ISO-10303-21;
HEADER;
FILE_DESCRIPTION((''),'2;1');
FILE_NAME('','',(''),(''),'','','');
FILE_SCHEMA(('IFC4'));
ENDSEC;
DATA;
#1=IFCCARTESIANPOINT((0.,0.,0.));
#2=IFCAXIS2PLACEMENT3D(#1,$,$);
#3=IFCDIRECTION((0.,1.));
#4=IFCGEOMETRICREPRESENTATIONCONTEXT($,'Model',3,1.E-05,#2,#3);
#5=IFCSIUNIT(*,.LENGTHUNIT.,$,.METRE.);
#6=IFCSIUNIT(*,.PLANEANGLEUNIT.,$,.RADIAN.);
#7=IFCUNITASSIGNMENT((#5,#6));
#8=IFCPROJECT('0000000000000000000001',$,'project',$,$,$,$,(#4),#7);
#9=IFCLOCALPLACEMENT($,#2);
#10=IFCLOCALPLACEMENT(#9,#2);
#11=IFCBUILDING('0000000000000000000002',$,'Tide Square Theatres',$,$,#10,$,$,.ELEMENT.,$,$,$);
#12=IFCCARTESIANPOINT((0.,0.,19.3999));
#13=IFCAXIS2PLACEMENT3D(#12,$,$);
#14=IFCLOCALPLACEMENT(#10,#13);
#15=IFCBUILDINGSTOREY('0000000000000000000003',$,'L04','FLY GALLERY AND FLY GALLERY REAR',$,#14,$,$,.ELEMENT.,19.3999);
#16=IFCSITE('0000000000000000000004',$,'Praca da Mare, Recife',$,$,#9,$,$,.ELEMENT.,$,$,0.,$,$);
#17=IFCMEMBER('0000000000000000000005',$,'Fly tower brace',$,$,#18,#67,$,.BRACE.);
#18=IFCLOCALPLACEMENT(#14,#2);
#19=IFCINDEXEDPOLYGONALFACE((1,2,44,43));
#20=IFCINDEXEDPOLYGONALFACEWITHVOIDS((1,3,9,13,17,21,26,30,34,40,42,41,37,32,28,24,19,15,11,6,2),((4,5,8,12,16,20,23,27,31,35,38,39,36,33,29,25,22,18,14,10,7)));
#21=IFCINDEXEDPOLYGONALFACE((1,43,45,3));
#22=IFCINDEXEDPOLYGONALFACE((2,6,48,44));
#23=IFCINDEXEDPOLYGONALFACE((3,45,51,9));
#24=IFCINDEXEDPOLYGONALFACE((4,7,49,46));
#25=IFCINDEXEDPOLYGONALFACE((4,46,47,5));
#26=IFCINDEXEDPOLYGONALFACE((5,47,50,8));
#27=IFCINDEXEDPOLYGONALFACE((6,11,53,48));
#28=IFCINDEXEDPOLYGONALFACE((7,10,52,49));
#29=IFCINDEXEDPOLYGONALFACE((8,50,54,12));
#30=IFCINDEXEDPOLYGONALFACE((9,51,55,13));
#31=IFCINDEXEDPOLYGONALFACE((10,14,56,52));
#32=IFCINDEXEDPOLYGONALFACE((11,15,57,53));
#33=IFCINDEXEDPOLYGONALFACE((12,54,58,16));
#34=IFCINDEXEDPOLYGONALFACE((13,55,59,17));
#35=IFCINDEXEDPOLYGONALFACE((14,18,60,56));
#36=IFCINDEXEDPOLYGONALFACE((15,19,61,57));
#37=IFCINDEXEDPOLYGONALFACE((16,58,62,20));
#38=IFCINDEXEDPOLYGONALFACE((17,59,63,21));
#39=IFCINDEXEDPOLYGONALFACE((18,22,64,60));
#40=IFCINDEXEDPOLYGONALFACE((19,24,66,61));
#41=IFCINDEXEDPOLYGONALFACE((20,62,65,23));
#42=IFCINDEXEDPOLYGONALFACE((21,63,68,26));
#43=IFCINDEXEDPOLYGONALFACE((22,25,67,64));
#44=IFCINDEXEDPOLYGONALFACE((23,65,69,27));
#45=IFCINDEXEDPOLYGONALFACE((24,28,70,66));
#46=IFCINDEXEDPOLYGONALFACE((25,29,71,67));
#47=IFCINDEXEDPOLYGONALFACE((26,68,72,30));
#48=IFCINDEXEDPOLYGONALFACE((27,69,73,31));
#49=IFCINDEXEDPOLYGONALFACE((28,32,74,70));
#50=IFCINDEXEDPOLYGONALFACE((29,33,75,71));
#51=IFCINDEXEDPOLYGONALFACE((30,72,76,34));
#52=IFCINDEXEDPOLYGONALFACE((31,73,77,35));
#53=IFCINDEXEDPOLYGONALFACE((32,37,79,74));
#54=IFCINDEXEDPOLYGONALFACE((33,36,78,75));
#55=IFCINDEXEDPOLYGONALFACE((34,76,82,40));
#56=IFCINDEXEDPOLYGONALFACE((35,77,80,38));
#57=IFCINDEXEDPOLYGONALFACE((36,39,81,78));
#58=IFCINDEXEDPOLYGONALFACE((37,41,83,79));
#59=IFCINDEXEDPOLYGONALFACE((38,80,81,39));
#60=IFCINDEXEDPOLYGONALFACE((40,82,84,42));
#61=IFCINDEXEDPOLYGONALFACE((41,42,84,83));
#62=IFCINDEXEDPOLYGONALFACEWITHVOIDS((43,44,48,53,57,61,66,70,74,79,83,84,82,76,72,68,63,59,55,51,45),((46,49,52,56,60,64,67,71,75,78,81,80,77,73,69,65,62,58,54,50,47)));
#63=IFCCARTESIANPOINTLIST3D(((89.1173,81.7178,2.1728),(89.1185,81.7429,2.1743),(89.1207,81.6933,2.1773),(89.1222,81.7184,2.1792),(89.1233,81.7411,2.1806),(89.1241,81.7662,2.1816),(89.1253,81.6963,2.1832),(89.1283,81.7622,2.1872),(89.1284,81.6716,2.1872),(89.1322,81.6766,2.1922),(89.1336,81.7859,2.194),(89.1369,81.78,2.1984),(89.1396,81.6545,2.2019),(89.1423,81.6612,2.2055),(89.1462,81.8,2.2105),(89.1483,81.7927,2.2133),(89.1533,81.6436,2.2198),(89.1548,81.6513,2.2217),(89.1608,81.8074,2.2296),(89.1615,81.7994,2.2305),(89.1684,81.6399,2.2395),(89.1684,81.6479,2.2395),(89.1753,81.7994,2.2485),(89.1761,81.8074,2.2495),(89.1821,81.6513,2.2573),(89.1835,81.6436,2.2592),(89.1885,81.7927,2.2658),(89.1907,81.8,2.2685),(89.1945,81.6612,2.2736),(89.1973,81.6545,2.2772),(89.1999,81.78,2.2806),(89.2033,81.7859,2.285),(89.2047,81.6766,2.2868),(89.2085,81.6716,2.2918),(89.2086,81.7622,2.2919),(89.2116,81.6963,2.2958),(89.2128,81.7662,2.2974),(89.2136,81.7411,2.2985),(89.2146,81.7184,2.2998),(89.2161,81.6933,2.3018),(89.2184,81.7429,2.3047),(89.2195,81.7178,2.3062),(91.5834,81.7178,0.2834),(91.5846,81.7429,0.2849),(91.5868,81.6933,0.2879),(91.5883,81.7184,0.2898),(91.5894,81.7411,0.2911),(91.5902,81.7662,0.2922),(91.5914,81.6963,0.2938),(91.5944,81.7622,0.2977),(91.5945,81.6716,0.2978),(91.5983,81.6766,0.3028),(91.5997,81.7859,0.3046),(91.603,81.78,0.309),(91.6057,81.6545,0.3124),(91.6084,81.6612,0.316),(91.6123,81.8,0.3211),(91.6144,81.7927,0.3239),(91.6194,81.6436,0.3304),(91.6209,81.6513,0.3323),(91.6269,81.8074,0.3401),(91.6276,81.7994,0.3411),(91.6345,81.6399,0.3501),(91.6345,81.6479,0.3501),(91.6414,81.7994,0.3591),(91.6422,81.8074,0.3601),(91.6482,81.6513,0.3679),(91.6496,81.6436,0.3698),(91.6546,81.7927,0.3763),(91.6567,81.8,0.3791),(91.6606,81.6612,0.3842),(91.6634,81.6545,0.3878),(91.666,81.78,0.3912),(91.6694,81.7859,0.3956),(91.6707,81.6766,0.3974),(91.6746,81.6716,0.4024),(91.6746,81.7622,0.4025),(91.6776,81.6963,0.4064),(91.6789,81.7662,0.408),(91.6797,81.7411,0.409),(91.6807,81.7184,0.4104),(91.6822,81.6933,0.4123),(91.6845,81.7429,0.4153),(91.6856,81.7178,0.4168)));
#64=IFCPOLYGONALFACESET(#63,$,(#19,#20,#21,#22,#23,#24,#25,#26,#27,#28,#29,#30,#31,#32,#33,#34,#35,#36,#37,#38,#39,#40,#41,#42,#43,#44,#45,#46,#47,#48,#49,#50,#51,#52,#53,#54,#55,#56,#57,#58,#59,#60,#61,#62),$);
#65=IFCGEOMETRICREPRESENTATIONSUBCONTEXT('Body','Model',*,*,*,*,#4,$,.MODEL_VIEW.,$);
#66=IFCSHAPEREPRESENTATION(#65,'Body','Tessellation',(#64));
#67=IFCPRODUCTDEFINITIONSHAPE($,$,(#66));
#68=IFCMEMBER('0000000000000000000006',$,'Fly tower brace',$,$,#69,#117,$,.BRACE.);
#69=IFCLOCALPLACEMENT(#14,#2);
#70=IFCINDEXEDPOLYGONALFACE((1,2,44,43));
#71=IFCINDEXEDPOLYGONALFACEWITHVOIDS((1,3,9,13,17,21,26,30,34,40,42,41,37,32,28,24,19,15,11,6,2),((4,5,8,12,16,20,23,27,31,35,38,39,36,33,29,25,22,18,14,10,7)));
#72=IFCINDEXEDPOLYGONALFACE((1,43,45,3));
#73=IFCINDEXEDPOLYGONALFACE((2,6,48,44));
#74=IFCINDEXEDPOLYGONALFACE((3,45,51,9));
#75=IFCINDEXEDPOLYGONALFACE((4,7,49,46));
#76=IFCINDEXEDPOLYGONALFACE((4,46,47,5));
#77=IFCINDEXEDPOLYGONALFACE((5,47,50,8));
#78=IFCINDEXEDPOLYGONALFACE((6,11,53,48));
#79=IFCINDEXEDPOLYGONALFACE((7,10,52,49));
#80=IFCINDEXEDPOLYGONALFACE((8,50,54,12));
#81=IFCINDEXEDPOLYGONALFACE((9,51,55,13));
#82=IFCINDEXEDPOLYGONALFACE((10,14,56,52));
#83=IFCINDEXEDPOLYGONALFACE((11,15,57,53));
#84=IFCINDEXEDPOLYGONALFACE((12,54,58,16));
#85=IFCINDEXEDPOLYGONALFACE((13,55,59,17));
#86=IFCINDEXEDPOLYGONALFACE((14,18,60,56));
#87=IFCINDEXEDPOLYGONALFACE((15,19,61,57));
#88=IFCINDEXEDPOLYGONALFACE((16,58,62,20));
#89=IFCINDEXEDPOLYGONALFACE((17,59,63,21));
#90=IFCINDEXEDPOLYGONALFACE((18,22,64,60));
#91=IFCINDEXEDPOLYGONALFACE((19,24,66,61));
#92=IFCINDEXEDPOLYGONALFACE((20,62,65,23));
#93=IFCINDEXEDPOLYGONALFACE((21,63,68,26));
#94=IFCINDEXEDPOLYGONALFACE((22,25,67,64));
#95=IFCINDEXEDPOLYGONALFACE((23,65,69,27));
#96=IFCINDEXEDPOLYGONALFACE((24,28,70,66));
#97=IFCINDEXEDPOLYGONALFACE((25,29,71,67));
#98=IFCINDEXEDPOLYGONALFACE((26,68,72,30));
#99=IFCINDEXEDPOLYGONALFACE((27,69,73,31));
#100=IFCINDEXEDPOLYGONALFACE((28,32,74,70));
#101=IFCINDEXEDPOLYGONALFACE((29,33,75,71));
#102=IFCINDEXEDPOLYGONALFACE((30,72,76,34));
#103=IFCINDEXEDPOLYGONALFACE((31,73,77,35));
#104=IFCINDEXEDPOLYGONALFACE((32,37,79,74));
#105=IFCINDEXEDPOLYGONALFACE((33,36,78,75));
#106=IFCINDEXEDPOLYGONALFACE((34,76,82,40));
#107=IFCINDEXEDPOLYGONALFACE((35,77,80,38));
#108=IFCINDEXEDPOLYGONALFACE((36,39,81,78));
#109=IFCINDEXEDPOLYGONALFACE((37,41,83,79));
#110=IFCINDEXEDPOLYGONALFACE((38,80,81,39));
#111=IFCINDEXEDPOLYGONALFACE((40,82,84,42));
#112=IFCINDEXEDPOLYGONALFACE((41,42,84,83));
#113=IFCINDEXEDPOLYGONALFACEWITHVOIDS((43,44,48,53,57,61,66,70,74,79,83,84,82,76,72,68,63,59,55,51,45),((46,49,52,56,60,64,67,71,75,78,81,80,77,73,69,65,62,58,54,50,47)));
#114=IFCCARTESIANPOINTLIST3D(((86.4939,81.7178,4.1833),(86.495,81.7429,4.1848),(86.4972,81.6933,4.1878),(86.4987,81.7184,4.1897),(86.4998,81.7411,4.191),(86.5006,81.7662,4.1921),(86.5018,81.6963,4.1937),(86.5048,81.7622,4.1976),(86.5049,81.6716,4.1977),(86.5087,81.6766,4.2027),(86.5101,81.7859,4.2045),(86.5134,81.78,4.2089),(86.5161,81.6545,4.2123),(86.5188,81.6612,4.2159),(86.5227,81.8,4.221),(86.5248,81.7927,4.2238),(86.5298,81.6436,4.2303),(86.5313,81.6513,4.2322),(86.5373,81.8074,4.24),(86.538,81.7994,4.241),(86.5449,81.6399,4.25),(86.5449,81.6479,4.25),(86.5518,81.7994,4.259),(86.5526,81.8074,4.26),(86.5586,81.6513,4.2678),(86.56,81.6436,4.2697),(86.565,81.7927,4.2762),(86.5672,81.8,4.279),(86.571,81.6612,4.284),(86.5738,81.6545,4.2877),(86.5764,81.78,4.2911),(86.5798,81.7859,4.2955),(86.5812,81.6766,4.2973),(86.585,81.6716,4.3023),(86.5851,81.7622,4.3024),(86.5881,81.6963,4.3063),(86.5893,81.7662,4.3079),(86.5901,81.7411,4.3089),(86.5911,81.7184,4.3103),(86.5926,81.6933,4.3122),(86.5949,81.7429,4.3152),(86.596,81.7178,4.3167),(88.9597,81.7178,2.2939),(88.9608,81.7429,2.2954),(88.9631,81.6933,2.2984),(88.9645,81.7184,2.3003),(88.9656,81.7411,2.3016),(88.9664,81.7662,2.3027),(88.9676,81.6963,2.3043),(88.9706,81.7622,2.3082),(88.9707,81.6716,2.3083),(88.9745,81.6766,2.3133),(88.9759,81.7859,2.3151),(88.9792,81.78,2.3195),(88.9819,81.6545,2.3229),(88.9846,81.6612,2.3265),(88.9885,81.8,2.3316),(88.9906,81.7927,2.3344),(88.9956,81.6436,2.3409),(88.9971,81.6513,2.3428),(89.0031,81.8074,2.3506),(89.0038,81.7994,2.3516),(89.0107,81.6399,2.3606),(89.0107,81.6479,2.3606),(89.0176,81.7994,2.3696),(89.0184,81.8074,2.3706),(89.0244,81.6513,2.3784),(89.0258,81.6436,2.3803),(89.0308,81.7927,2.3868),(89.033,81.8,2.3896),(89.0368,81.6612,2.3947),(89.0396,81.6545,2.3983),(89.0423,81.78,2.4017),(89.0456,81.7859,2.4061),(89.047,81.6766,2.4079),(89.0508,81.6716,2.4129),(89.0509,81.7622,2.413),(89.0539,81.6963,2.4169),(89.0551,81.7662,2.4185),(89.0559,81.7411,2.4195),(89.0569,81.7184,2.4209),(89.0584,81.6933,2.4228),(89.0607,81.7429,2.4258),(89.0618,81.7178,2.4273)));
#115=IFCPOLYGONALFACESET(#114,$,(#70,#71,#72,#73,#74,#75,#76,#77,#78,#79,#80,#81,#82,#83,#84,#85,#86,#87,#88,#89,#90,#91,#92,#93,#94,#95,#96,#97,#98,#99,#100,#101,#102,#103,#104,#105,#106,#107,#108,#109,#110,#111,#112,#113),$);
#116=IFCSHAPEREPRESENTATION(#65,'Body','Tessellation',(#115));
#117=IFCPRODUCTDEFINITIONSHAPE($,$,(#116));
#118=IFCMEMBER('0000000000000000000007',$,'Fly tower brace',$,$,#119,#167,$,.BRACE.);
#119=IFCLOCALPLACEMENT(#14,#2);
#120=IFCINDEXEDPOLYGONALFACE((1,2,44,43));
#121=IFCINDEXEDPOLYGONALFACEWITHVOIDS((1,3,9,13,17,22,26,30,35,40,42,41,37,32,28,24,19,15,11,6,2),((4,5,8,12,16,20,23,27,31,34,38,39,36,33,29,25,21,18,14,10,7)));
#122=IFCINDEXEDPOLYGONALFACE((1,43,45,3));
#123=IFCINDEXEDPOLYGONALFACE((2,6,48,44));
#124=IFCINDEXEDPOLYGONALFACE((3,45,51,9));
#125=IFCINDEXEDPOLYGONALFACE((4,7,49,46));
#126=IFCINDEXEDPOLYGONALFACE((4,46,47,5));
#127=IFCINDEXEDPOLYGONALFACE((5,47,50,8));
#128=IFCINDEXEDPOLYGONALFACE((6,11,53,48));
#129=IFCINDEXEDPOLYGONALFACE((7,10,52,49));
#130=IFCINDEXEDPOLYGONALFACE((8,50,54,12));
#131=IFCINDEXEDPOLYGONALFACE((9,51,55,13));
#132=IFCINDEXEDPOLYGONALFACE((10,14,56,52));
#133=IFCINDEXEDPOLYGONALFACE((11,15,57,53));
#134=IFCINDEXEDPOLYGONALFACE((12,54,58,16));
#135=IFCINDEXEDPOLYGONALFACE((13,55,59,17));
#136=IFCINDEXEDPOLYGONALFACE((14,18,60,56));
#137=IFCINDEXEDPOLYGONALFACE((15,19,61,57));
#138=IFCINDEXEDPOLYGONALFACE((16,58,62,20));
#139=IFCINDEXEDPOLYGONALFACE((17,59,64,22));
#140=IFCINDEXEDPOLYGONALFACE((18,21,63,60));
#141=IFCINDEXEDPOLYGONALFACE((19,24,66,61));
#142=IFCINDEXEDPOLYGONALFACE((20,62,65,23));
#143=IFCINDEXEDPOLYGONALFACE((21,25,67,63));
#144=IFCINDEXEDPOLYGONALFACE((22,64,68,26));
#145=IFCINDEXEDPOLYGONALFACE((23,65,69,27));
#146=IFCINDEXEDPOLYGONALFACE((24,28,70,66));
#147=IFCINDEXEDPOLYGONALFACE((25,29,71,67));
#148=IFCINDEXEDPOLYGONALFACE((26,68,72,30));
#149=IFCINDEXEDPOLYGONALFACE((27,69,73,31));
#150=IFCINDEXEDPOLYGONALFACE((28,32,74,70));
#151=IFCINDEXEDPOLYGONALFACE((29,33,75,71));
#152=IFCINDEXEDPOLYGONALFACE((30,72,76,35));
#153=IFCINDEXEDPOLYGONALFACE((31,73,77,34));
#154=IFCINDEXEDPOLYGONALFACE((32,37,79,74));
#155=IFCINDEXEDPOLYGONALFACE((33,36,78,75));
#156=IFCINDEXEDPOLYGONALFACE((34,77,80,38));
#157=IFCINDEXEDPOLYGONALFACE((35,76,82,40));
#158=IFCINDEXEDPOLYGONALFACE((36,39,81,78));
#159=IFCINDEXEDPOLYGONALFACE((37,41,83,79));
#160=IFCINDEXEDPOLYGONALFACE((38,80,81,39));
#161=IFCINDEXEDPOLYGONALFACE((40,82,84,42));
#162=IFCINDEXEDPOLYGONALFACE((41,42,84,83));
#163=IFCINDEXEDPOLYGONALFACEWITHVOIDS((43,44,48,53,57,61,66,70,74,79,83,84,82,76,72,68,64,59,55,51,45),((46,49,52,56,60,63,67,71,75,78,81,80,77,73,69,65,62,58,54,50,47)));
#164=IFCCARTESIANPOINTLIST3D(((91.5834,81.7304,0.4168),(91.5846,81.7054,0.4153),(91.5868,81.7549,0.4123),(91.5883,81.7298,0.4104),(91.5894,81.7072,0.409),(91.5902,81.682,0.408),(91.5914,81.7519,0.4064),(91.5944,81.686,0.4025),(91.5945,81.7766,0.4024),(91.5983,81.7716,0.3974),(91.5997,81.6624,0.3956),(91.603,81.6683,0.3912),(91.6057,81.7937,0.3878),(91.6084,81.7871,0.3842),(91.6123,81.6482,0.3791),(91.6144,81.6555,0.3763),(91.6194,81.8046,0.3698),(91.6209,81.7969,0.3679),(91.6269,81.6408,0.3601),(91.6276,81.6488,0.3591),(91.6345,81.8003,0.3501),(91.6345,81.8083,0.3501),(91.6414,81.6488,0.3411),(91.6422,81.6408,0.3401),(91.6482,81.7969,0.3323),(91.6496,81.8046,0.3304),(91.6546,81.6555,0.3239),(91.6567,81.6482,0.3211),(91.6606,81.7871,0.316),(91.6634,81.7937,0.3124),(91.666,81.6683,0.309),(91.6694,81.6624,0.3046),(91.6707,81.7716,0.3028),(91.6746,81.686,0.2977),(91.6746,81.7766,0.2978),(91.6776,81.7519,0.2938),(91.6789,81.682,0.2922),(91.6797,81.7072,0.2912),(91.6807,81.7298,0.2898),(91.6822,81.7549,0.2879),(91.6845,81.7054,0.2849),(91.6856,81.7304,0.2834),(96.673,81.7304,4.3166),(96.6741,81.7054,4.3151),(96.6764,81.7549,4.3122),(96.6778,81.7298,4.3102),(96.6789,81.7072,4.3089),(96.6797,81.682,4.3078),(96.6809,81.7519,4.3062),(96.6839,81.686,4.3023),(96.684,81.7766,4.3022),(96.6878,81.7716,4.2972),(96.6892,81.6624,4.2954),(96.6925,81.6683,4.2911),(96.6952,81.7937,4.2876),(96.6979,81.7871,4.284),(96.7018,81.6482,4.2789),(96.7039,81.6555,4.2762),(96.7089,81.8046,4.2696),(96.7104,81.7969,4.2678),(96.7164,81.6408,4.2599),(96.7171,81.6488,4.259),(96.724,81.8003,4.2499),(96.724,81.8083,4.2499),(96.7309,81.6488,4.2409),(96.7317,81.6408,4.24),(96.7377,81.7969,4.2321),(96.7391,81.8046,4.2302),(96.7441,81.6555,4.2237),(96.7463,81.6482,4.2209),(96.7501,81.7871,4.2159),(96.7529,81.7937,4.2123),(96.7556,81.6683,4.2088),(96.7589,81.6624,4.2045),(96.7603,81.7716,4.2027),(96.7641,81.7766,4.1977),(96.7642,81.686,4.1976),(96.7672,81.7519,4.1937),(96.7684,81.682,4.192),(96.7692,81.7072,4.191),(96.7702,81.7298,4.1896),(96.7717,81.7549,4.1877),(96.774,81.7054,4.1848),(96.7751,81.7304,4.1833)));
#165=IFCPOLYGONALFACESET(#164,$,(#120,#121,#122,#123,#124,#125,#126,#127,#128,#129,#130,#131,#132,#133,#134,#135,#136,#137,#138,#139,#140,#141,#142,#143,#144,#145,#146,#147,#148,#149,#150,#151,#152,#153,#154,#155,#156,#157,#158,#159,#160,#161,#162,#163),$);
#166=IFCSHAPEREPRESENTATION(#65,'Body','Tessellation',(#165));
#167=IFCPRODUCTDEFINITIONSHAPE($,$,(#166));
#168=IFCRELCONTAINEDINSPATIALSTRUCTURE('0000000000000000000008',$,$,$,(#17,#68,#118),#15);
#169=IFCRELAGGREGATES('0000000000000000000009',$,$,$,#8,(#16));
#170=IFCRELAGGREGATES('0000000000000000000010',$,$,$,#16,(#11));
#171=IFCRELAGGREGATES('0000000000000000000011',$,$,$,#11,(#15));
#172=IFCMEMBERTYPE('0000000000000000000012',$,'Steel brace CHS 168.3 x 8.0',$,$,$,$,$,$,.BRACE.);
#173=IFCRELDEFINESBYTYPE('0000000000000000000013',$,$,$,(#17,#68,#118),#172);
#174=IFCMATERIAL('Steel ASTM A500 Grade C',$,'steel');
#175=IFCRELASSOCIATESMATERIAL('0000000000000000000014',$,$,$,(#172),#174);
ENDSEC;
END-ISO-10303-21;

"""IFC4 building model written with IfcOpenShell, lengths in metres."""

from ifc_helpers import new_model, si_unit, direction, frame, origin, origin_2d, place, context, subcontext, project, spatial, hollow_circle, extrude, material, material_profile, profile_set, type_object, element, save


model = new_model("IFC4")

# Units and contexts
model_context = context("Model", 3, precision=1e-05, world=origin(), true_north=direction((0.0, 1.0)))
body_context = subcontext(model_context, "Body", "Model", "MODEL_VIEW")
ifc_project = project(units=[si_unit("LENGTHUNIT", "METRE"), si_unit("PLANEANGLEUNIT", "RADIAN")], contexts=[model_context])

# Site, building, storey
site_placement = place(None, origin())
site = spatial("IfcSite", under=ifc_project, at=site_placement, Name="Praca da Mare, Recife", CompositionType="ELEMENT", RefElevation=0.0)
building_placement = place(site_placement, origin())
building = spatial("IfcBuilding", under=site, at=building_placement, Name="Tide Square Theatres", CompositionType="ELEMENT")
storey_placement = place(building_placement, frame((0.0, 0.0, 19.3999)))
storey = spatial("IfcBuildingStorey", under=building, at=storey_placement, Name="L04", Description="FLY GALLERY AND FLY GALLERY REAR", CompositionType="ELEMENT", Elevation=19.3999)

# Members
ifc_material_1 = material(Name="Steel ASTM A500 Grade C", Category="steel")
ifc_material_profile_1 = material_profile(ifc_material_1, hollow_circle(Radius=0.0842, WallThickness=0.0081, at=origin_2d()))
ifc_profile_set_1 = profile_set([ifc_material_profile_1], Name="Steel ASTM A500 Grade C")
member_type = type_object("IfcMemberType", Name="Steel brace CHS 168.3 x 8.0", PredefinedType="BRACE", material=ifc_profile_set_1)
member_1_placement = place(storey_placement, frame((91.6345, 81.7241, 0.3501), z_axis=(-0.7938, 0.0, 0.608179), x_axis=(0.0, -1.0, 0.0)))
element("IfcMember", 1, at=member_1_placement, inside=storey, type_object=member_type, Name="Fly tower brace", PredefinedType="BRACE", context=body_context, shape_type="SweptSolid", body=[
    extrude(hollow_circle(Radius=0.0842, WallThickness=0.0081, at=origin_2d()), origin(), (0.0, 0.0, 1.0), 3.1067),
])
member_2_placement = place(storey_placement, frame((89.0107, 81.7241, 2.3606), z_axis=(-0.793771, 0.0, 0.608217), x_axis=(0.0, -1.0, 0.0)))
element("IfcMember", 2, at=member_2_placement, inside=storey, type_object=member_type, Name="Fly tower brace", PredefinedType="BRACE", context=body_context, shape_type="SweptSolid", body=[
    extrude(hollow_circle(Radius=0.0842, WallThickness=0.0081, at=origin_2d()), origin(), (0.0, 0.0, 1.0), 3.1064),
])
member_3_placement = place(storey_placement, frame((91.6345, 81.7241, 0.3501), z_axis=(0.793766, 0.0, 0.608223), x_axis=(0.0, 1.0, 0.0)))
element("IfcMember", 3, at=member_3_placement, inside=storey, type_object=member_type, Name="Fly tower brace", PredefinedType="BRACE", context=body_context, shape_type="SweptSolid", body=[
    extrude(hollow_circle(Radius=0.0842, WallThickness=0.0081, at=origin_2d()), origin(), (0.0, 0.0, 1.0), 6.4119),
])

save(model, "model.ifc")
